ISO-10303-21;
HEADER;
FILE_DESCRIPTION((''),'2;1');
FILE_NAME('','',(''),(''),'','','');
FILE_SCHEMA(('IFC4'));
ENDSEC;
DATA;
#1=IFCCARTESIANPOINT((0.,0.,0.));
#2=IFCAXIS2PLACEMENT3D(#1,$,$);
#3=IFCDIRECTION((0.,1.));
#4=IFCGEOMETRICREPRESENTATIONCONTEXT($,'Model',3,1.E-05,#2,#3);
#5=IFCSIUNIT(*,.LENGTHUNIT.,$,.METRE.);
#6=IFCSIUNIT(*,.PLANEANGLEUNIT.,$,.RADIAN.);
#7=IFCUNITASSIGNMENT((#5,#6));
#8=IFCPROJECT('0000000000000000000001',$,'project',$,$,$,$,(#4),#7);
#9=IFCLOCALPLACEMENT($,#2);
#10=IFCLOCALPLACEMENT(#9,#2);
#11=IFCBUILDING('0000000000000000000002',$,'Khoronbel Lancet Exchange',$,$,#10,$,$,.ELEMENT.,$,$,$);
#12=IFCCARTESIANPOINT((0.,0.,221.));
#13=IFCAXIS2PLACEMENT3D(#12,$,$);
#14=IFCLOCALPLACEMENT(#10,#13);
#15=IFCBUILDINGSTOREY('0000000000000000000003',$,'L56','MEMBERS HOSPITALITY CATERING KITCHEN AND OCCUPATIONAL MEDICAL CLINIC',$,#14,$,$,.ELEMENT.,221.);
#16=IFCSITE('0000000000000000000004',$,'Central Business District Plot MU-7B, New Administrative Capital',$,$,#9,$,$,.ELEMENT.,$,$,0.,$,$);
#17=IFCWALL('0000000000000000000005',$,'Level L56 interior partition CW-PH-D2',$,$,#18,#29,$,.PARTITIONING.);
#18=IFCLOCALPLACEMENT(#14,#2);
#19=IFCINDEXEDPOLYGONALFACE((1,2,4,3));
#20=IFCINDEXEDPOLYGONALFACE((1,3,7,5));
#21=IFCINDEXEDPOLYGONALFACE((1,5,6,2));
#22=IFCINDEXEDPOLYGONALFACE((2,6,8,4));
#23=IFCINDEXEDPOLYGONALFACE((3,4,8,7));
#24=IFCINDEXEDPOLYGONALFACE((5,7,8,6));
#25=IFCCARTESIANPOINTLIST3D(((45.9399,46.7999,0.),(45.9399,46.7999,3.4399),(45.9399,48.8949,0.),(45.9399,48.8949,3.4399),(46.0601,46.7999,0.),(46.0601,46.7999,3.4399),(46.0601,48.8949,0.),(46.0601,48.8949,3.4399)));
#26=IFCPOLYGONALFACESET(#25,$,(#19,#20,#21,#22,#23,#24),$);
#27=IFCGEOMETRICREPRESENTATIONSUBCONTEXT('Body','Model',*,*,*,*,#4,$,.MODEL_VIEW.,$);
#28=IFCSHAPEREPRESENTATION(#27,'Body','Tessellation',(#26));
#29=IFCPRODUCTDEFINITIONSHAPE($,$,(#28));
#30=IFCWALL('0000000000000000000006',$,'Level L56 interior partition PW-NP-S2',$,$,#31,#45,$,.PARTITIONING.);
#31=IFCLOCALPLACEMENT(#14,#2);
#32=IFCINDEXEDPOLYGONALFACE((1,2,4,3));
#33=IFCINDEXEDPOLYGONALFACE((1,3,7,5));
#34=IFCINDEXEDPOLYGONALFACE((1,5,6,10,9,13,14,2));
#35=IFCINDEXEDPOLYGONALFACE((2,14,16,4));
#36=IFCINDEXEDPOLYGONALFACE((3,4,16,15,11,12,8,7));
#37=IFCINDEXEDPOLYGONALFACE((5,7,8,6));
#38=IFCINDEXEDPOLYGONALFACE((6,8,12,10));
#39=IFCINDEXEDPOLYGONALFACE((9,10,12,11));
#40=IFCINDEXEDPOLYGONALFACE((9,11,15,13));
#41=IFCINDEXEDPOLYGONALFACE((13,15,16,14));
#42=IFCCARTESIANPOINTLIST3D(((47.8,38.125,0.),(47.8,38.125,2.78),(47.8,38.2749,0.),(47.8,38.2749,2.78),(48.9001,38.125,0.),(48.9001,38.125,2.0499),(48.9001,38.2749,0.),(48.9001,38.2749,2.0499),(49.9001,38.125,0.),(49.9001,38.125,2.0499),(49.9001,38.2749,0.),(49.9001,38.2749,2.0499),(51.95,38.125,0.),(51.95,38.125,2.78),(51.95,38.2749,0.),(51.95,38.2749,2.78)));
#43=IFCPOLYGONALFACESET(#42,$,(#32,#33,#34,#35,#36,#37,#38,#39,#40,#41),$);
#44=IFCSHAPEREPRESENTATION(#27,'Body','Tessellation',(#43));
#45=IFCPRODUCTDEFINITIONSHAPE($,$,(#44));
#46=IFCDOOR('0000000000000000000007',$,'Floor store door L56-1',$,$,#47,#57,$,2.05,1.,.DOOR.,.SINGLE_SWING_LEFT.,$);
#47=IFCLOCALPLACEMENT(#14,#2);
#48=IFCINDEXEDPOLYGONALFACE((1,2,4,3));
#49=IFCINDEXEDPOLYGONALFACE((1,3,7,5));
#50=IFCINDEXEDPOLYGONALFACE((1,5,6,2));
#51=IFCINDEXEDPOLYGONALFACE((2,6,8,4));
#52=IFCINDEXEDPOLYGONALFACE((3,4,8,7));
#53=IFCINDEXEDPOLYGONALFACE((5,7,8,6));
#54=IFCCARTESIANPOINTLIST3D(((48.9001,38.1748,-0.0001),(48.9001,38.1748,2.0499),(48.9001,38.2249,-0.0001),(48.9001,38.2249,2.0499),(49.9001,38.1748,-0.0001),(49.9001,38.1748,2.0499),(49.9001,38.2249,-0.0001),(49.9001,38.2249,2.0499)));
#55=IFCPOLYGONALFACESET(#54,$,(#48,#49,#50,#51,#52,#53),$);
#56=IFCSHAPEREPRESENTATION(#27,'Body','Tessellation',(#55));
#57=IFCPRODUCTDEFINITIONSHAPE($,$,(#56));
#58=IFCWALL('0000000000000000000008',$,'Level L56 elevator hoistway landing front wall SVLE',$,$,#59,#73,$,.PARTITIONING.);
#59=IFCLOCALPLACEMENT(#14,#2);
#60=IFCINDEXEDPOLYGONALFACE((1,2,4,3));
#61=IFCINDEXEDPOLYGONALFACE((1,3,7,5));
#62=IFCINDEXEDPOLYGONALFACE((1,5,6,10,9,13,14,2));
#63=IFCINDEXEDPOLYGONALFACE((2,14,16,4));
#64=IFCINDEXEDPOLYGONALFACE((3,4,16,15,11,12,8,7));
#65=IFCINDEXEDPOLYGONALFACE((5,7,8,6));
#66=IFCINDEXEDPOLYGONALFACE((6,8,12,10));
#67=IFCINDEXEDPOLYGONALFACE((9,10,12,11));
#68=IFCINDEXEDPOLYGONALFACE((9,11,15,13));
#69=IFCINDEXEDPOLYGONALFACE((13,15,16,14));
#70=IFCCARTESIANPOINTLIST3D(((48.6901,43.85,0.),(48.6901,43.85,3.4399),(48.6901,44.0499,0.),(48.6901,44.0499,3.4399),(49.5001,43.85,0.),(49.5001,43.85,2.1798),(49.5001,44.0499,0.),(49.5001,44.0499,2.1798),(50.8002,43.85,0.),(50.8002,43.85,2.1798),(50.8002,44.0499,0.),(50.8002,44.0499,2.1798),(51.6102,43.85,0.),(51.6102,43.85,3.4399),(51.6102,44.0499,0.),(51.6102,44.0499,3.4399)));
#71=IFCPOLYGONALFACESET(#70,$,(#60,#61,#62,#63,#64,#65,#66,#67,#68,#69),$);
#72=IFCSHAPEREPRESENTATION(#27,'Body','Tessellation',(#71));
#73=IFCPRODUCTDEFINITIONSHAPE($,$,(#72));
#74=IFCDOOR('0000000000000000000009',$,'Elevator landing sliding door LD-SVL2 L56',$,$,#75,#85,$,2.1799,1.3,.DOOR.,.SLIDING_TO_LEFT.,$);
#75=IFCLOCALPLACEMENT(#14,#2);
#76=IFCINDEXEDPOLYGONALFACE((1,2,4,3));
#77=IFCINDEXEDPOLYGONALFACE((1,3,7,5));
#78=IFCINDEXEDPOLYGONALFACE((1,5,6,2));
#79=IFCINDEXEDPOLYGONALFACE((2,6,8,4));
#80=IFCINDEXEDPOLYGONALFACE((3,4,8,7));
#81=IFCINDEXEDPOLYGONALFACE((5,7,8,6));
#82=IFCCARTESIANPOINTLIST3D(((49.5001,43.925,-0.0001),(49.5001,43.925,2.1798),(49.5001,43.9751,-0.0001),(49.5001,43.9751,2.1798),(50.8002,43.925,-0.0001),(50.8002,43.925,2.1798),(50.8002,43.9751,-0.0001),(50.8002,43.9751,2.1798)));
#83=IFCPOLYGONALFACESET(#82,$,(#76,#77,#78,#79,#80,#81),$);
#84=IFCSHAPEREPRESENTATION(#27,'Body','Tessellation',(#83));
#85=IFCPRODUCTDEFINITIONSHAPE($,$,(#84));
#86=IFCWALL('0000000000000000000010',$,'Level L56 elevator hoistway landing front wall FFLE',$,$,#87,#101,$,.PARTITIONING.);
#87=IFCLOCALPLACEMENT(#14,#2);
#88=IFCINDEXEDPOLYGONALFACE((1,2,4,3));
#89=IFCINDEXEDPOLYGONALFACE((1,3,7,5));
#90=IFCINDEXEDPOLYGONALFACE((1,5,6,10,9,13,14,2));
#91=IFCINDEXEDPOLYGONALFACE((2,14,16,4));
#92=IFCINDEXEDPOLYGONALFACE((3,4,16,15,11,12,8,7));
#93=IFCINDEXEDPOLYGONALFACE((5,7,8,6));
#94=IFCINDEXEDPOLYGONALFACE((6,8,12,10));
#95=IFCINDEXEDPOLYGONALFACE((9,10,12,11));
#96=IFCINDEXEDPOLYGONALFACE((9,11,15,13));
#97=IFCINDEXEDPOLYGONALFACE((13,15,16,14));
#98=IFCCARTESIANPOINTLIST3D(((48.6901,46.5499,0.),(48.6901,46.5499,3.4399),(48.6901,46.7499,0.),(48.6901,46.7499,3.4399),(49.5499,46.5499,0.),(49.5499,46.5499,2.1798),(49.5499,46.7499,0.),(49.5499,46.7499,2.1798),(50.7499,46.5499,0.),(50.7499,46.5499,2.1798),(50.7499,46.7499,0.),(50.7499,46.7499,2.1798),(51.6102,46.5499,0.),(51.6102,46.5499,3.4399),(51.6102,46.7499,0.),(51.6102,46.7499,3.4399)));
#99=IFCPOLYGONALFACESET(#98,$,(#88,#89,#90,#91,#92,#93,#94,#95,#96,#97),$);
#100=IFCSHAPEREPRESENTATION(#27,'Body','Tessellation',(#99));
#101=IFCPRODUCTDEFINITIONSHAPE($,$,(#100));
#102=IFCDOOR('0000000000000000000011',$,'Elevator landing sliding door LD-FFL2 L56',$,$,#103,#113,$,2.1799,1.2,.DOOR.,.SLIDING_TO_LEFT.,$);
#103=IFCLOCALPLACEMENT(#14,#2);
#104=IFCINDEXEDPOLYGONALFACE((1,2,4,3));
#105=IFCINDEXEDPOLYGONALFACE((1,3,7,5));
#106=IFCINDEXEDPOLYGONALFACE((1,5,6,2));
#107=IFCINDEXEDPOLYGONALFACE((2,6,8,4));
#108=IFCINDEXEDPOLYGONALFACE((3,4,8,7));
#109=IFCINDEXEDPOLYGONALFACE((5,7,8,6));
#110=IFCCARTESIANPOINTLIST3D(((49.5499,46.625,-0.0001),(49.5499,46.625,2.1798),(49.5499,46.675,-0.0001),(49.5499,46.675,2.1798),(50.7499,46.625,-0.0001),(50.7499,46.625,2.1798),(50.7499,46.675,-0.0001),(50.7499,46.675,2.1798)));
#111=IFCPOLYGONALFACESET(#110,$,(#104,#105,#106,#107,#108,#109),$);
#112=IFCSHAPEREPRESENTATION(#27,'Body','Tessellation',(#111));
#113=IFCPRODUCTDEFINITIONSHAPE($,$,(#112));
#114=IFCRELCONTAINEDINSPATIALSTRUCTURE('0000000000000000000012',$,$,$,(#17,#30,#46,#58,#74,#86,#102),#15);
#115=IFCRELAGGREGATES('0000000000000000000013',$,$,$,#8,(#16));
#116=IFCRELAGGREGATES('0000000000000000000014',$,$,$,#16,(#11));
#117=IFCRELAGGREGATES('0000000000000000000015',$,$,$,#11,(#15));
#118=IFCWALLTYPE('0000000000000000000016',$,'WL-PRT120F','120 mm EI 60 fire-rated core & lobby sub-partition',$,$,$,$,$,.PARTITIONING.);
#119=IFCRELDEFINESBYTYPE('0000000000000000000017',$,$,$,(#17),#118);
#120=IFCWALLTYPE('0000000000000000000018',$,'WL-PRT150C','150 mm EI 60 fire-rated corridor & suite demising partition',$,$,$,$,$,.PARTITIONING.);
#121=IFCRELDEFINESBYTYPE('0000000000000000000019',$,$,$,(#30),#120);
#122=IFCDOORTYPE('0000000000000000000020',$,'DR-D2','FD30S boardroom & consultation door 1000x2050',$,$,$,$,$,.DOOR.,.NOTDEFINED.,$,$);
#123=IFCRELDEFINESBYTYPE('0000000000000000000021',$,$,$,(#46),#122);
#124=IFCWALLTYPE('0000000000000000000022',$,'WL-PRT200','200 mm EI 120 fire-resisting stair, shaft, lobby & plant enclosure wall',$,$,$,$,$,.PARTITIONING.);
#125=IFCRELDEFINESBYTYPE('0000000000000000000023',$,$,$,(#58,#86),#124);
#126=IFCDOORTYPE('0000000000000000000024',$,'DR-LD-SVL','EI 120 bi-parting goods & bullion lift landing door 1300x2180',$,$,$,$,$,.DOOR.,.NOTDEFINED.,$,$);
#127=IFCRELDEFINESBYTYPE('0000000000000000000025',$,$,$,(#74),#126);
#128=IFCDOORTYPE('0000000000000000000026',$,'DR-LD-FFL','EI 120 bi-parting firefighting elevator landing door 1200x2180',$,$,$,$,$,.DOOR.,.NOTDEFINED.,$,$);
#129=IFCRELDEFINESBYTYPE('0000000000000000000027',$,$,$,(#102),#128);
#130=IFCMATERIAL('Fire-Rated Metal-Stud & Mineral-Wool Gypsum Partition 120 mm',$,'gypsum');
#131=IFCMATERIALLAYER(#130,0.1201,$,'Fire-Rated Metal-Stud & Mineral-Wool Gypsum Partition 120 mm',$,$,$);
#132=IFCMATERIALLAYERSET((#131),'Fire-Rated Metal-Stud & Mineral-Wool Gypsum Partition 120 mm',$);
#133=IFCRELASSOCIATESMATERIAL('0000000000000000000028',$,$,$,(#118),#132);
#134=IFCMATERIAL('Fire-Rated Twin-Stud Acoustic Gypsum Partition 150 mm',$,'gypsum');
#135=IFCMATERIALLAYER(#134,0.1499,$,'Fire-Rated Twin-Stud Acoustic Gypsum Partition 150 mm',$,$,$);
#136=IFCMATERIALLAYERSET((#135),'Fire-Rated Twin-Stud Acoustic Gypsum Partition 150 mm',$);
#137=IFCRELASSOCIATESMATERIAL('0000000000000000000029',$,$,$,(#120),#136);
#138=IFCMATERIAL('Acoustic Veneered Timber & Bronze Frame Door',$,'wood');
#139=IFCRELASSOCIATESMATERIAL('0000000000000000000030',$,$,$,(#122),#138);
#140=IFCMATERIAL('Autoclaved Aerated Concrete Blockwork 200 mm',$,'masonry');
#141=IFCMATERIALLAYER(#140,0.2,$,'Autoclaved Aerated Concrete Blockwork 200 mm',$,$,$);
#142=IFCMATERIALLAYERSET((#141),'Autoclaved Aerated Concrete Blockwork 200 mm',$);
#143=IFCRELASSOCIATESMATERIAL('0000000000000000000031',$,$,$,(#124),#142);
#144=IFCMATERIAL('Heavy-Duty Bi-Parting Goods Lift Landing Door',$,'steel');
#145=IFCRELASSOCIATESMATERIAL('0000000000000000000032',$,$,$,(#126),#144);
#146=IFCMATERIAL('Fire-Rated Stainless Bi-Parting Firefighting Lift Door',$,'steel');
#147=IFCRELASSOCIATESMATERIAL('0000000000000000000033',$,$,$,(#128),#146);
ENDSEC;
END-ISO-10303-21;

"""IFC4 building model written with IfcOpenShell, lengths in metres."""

from ifc_helpers import new_model, si_unit, direction, frame, frame_2d, origin, place, context, subcontext, project, spatial, rectangle, extrude, material, layer, layer_set, type_object, element, fill, save


model = new_model("IFC4")

# Units and contexts
model_context = context("Model", 3, precision=1e-05, world=origin(), true_north=direction((0.0, 1.0)))
body_context = subcontext(model_context, "Body", "Model", "MODEL_VIEW")
ifc_project = project(units=[si_unit("LENGTHUNIT", "METRE"), si_unit("PLANEANGLEUNIT", "RADIAN")], contexts=[model_context])

# Site, building, storey
site_placement = place(None, origin())
site = spatial("IfcSite", under=ifc_project, at=site_placement, Name="Central Business District Plot MU-7B, New Administrative Capital", CompositionType="ELEMENT", RefElevation=0.0)
building_placement = place(site_placement, origin())
building = spatial("IfcBuilding", under=site, at=building_placement, Name="Khoronbel Lancet Exchange", CompositionType="ELEMENT")
storey_placement = place(building_placement, frame((0.0, 0.0, 221.0)))
storey = spatial("IfcBuildingStorey", under=building, at=storey_placement, Name="L56", Description="MEMBERS HOSPITALITY CATERING KITCHEN AND OCCUPATIONAL MEDICAL CLINIC", CompositionType="ELEMENT", Elevation=221.0)

# Wall
ifc_material_1 = material(Name="Fire-Rated Metal-Stud & Mineral-Wool Gypsum Partition 120 mm", Category="gypsum")
ifc_layer_1 = layer(ifc_material_1, 0.1201, Name="Fire-Rated Metal-Stud & Mineral-Wool Gypsum Partition 120 mm")
ifc_layer_set_1 = layer_set([ifc_layer_1], Name="Fire-Rated Metal-Stud & Mineral-Wool Gypsum Partition 120 mm")
wall_type_1 = type_object("IfcWallType", Name="WL-PRT120F", Description="120 mm EI 60 fire-rated core & lobby sub-partition", PredefinedType="PARTITIONING", material=ifc_layer_set_1)
wall_1_placement = place(storey_placement, frame((46.0, 46.8, 0.0), z_axis=(0.0, 0.0, 1.0), x_axis=(0.0, 1.0, 0.0)))
element("IfcWall", 1, at=wall_1_placement, inside=storey, type_object=wall_type_1, Name="Level L56 interior partition CW-PH-D2", PredefinedType="PARTITIONING", context=body_context, shape_type="SweptSolid", body=[
    extrude(rectangle(XDim=2.095, YDim=0.1201, at=frame_2d((1.0474, 0.0))), origin(), (0.0, 0.0, 1.0), 3.4399),
])

# Walls, openings, doors
ifc_material_2 = material(Name="Fire-Rated Twin-Stud Acoustic Gypsum Partition 150 mm", Category="gypsum")
ifc_layer_2 = layer(ifc_material_2, 0.1499, Name="Fire-Rated Twin-Stud Acoustic Gypsum Partition 150 mm")
ifc_layer_set_2 = layer_set([ifc_layer_2], Name="Fire-Rated Twin-Stud Acoustic Gypsum Partition 150 mm")
wall_type_2 = type_object("IfcWallType", Name="WL-PRT150C", Description="150 mm EI 60 fire-rated corridor & suite demising partition", PredefinedType="PARTITIONING", material=ifc_layer_set_2)
wall_2_placement = place(storey_placement, frame((47.8, 38.2, 0.0), z_axis=(0.0, 0.0, 1.0), x_axis=(1.0, 0.0, 0.0)))
wall_2 = element("IfcWall", 2, at=wall_2_placement, inside=storey, type_object=wall_type_2, Name="Level L56 interior partition PW-NP-S2", PredefinedType="PARTITIONING", context=body_context, shape_type="SweptSolid", body=[
    extrude(rectangle(XDim=4.1499, YDim=0.1499, at=frame_2d((2.075, 0.0))), origin(), (0.0, 0.0, 1.0), 2.78),
])
opening_1_placement = place(wall_2_placement, frame((1.1001, 0.0, 0.0)))
opening_1 = element("IfcOpeningElement", 3, at=opening_1_placement, cuts=wall_2, PredefinedType="OPENING", context=body_context, shape_type="SweptSolid", body=[
    extrude(rectangle(XDim=1.0, YDim=2.05, at=frame_2d((0.5, 1.0249))), frame((0.0, 0.085, 0.0), z_axis=(0.0, -1.0, 0.0), x_axis=(1.0, 0.0, 0.0)), (0.0, 0.0, 1.0), 0.1699),
])
ifc_material_3 = material(Name="Acoustic Veneered Timber & Bronze Frame Door", Category="wood")
door_type_1 = type_object("IfcDoorType", Name="DR-D2", Description="FD30S boardroom & consultation door 1000x2050", OperationType="NOTDEFINED", PredefinedType="DOOR", material=ifc_material_3)
door_1_placement = place(opening_1_placement, origin())
door_1 = element("IfcDoor", 4, at=door_1_placement, inside=storey, type_object=door_type_1, Name="Floor store door L56-1", OperationType="SINGLE_SWING_LEFT", OverallHeight=2.05, OverallWidth=1.0, PredefinedType="DOOR", context=body_context, shape_type="SweptSolid", body=[
    extrude(rectangle(XDim=1.0, YDim=2.05, at=frame_2d((0.5, 1.0249))), frame((0.0, 0.0249, 0.0), z_axis=(0.0, -1.0, 0.0), x_axis=(1.0, 0.0, 0.0)), (0.0, 0.0, 1.0), 0.05),
])
fill(opening_1, door_1)
ifc_material_4 = material(Name="Autoclaved Aerated Concrete Blockwork 200 mm", Category="masonry")
ifc_layer_3 = layer(ifc_material_4, 0.2, Name="Autoclaved Aerated Concrete Blockwork 200 mm")
ifc_layer_set_3 = layer_set([ifc_layer_3], Name="Autoclaved Aerated Concrete Blockwork 200 mm")
wall_type_3 = type_object("IfcWallType", Name="WL-PRT200", Description="200 mm EI 120 fire-resisting stair, shaft, lobby & plant enclosure wall", PredefinedType="PARTITIONING", material=ifc_layer_set_3)
wall_3_placement = place(storey_placement, frame((51.6101, 43.95, 0.0), z_axis=(0.0, 0.0, 1.0), x_axis=(-1.0, 0.0, 0.0)))
wall_3 = element("IfcWall", 5, at=wall_3_placement, inside=storey, type_object=wall_type_3, Name="Level L56 elevator hoistway landing front wall SVLE", PredefinedType="PARTITIONING", context=body_context, shape_type="SweptSolid", body=[
    extrude(rectangle(XDim=2.9202, YDim=0.2, at=frame_2d((1.46, 0.0))), origin(), (0.0, 0.0, 1.0), 3.4399),
])
opening_2_placement = place(wall_3_placement, frame((0.8101, 0.0, 0.0)))
opening_2 = element("IfcOpeningElement", 6, at=opening_2_placement, cuts=wall_3, PredefinedType="OPENING", context=body_context, shape_type="SweptSolid", body=[
    extrude(rectangle(XDim=1.3, YDim=2.1799, at=frame_2d((0.6499, 1.0898))), frame((0.0, 0.1099, 0.0), z_axis=(0.0, -1.0, 0.0), x_axis=(1.0, 0.0, 0.0)), (0.0, 0.0, 1.0), 0.22),
])
ifc_material_5 = material(Name="Heavy-Duty Bi-Parting Goods Lift Landing Door", Category="steel")
door_type_2 = type_object("IfcDoorType", Name="DR-LD-SVL", Description="EI 120 bi-parting goods & bullion lift landing door 1300x2180", OperationType="NOTDEFINED", PredefinedType="DOOR", material=ifc_material_5)
door_2_placement = place(opening_2_placement, origin())
door_2 = element("IfcDoor", 7, at=door_2_placement, inside=storey, type_object=door_type_2, Name="Elevator landing sliding door LD-SVL2 L56", OperationType="SLIDING_TO_LEFT", OverallHeight=2.1799, OverallWidth=1.3, PredefinedType="DOOR", context=body_context, shape_type="SweptSolid", body=[
    extrude(rectangle(XDim=1.3, YDim=2.1799, at=frame_2d((0.6499, 1.0898))), frame((0.0, 0.0249, 0.0), z_axis=(0.0, -1.0, 0.0), x_axis=(1.0, 0.0, 0.0)), (0.0, 0.0, 1.0), 0.05),
])
fill(opening_2, door_2)
wall_4_placement = place(storey_placement, frame((51.6101, 46.6499, 0.0), z_axis=(0.0, 0.0, 1.0), x_axis=(-1.0, 0.0, 0.0)))
wall_4 = element("IfcWall", 8, at=wall_4_placement, inside=storey, type_object=wall_type_3, Name="Level L56 elevator hoistway landing front wall FFLE", PredefinedType="PARTITIONING", context=body_context, shape_type="SweptSolid", body=[
    extrude(rectangle(XDim=2.9202, YDim=0.2, at=frame_2d((1.46, 0.0))), origin(), (0.0, 0.0, 1.0), 3.4399),
])
opening_3_placement = place(wall_4_placement, frame((0.8601, 0.0, 0.0)))
opening_3 = element("IfcOpeningElement", 9, at=opening_3_placement, cuts=wall_4, PredefinedType="OPENING", context=body_context, shape_type="SweptSolid", body=[
    extrude(rectangle(XDim=1.2, YDim=2.1799, at=frame_2d((0.6001, 1.0898))), frame((0.0, 0.1099, 0.0), z_axis=(0.0, -1.0, 0.0), x_axis=(1.0, 0.0, 0.0)), (0.0, 0.0, 1.0), 0.22),
])
ifc_material_6 = material(Name="Fire-Rated Stainless Bi-Parting Firefighting Lift Door", Category="steel")
door_type_3 = type_object("IfcDoorType", Name="DR-LD-FFL", Description="EI 120 bi-parting firefighting elevator landing door 1200x2180", OperationType="NOTDEFINED", PredefinedType="DOOR", material=ifc_material_6)
door_3_placement = place(opening_3_placement, origin())
door_3 = element("IfcDoor", 10, at=door_3_placement, inside=storey, type_object=door_type_3, Name="Elevator landing sliding door LD-FFL2 L56", OperationType="SLIDING_TO_LEFT", OverallHeight=2.1799, OverallWidth=1.2, PredefinedType="DOOR", context=body_context, shape_type="SweptSolid", body=[
    extrude(rectangle(XDim=1.2, YDim=2.1799, at=frame_2d((0.6001, 1.0898))), frame((0.0, 0.0249, 0.0), z_axis=(0.0, -1.0, 0.0), x_axis=(1.0, 0.0, 0.0)), (0.0, 0.0, 1.0), 0.05),
])
fill(opening_3, door_3)

save(model, "model.ifc")
